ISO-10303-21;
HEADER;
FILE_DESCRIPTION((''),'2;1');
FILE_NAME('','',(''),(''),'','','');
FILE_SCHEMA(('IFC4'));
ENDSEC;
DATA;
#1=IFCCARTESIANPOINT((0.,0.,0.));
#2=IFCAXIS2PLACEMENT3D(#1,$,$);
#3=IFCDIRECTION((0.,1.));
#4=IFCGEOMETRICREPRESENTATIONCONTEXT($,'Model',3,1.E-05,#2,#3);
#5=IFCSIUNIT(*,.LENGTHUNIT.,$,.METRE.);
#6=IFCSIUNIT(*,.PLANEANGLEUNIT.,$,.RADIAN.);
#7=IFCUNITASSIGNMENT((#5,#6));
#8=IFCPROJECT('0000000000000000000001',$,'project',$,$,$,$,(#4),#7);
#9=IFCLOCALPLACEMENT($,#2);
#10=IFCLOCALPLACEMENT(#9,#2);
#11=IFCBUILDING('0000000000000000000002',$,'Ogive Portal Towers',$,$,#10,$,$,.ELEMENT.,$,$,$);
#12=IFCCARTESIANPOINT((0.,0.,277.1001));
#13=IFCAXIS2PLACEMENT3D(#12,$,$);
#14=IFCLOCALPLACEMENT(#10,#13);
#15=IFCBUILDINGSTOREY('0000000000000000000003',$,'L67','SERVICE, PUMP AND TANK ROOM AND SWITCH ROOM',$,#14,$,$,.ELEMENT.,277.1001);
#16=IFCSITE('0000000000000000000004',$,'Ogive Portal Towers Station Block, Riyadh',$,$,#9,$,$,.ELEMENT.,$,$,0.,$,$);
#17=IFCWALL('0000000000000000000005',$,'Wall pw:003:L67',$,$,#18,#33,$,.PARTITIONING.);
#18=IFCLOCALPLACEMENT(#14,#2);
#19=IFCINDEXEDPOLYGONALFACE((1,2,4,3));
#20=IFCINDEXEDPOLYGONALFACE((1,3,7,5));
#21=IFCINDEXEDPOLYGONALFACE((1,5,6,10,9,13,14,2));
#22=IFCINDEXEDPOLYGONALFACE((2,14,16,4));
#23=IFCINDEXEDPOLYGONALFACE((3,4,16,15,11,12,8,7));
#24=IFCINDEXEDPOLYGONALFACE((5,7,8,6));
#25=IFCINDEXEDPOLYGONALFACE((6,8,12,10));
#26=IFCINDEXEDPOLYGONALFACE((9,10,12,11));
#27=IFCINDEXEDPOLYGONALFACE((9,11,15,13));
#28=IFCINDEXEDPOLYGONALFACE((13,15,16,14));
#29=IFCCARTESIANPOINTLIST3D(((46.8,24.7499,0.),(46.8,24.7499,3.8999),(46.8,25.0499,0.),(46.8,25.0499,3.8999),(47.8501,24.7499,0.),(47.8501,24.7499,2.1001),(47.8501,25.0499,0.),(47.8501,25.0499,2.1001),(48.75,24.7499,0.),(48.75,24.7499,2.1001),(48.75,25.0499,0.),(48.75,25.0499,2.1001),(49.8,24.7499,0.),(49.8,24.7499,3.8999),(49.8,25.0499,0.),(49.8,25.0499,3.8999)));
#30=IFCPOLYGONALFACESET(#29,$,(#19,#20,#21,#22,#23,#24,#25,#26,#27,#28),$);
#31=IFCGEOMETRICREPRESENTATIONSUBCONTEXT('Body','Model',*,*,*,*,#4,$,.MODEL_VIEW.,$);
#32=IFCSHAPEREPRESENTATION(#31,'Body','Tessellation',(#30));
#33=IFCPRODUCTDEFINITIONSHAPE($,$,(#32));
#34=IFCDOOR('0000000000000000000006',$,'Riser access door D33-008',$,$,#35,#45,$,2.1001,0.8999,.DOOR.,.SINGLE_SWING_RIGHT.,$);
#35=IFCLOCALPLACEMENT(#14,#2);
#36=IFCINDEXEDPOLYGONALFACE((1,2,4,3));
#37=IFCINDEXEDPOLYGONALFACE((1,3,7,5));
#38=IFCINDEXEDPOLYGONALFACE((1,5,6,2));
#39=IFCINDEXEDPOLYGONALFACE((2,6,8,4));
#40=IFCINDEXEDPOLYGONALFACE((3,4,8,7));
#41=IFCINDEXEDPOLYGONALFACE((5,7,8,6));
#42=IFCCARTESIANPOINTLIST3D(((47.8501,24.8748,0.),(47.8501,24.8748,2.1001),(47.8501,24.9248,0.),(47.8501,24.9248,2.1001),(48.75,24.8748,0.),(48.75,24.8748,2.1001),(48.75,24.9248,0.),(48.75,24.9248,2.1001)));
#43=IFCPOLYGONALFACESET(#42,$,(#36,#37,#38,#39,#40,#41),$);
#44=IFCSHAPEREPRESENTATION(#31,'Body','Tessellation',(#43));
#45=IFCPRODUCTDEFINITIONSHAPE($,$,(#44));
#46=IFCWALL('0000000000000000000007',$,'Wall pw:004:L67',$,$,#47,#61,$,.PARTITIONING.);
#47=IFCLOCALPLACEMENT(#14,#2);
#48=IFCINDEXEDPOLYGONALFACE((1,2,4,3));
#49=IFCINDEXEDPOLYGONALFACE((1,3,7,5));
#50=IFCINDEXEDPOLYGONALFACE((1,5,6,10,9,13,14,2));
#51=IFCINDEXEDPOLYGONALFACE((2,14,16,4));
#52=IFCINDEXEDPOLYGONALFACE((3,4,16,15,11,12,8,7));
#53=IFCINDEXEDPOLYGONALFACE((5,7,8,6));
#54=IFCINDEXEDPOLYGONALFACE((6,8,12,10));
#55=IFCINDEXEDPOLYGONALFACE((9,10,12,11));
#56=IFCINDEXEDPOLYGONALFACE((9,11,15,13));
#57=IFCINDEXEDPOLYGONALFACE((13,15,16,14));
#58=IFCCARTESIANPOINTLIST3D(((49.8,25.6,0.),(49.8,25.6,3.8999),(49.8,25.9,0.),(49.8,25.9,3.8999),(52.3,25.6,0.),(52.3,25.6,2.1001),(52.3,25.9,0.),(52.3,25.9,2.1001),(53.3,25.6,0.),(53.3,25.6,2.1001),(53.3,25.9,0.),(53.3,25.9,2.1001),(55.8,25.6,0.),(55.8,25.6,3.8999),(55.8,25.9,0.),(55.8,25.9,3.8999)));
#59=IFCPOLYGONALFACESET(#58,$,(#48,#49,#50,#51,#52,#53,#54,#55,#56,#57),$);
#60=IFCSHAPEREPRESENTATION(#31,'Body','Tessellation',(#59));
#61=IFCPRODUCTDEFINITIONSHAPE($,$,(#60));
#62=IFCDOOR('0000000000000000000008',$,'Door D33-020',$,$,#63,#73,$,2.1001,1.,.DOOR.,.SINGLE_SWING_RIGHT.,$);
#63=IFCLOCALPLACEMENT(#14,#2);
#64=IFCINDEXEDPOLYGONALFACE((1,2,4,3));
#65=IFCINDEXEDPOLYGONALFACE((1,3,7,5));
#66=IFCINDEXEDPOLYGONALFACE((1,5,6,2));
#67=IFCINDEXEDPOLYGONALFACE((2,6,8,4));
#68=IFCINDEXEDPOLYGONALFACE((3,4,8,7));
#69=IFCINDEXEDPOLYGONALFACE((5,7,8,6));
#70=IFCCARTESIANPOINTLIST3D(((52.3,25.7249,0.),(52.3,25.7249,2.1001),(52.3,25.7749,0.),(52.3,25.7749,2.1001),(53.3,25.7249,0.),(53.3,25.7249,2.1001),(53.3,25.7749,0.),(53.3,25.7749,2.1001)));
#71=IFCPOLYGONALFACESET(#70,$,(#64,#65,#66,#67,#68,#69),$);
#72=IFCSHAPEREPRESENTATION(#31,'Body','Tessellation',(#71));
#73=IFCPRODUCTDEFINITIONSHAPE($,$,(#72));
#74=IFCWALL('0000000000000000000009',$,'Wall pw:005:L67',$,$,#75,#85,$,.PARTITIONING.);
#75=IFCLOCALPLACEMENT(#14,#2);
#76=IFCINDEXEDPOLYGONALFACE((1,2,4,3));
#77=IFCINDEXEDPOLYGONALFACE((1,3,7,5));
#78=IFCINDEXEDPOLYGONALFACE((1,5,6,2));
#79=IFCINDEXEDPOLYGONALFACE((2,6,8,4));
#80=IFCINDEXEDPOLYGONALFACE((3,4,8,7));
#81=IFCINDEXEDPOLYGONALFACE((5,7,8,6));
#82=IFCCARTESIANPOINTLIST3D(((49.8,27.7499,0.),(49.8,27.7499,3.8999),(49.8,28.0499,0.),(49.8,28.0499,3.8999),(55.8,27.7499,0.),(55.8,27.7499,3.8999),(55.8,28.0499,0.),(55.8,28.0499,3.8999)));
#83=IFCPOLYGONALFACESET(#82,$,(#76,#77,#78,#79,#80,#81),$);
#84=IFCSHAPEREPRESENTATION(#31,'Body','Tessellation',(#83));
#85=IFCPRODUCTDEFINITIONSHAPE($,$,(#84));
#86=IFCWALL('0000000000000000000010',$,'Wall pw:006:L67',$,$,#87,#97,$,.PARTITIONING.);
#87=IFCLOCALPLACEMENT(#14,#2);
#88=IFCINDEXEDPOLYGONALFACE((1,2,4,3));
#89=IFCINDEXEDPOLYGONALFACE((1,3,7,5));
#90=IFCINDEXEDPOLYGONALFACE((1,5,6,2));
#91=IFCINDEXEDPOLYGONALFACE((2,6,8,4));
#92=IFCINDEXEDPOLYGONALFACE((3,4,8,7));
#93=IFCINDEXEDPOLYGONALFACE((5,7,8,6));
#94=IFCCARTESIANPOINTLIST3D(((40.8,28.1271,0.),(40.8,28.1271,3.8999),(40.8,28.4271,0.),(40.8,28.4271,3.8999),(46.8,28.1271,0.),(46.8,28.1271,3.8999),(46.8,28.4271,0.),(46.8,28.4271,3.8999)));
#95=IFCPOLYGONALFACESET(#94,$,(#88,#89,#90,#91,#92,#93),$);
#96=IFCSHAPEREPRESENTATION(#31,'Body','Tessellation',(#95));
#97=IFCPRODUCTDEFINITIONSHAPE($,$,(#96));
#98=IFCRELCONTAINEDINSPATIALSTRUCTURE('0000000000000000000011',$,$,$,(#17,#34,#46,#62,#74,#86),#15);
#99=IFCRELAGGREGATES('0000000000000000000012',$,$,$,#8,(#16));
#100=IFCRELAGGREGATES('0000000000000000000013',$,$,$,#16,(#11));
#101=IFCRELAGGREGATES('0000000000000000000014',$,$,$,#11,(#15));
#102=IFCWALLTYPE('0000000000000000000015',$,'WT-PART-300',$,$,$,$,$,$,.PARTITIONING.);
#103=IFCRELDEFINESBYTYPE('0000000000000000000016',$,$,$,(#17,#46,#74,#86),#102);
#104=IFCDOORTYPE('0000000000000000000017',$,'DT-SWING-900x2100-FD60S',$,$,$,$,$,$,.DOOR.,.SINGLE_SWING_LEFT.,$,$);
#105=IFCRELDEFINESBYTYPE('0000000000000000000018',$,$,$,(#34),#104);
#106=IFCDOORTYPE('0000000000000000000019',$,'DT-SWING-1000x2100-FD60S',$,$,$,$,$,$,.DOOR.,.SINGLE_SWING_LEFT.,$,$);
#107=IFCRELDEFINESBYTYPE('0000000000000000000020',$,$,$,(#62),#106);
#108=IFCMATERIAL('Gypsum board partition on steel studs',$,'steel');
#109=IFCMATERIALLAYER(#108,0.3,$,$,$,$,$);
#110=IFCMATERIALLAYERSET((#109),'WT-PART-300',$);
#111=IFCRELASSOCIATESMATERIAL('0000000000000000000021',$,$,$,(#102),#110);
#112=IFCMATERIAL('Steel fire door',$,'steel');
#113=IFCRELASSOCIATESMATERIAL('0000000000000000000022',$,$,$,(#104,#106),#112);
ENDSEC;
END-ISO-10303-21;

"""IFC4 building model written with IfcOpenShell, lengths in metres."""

from ifc_helpers import new_model, si_unit, direction, frame, frame_2d, origin, place, context, subcontext, project, spatial, rectangle, extrude, material, layer, layer_set, type_object, element, fill, save


model = new_model("IFC4")

# Units and contexts
model_context = context("Model", 3, precision=1e-05, world=origin(), true_north=direction((0.0, 1.0)))
body_context = subcontext(model_context, "Body", "Model", "MODEL_VIEW")
ifc_project = project(units=[si_unit("LENGTHUNIT", "METRE"), si_unit("PLANEANGLEUNIT", "RADIAN")], contexts=[model_context])

# Site, building, storey
site_placement = place(None, origin())
site = spatial("IfcSite", under=ifc_project, at=site_placement, Name="Ogive Portal Towers Station Block, Riyadh", CompositionType="ELEMENT", RefElevation=0.0)
building_placement = place(site_placement, origin())
building = spatial("IfcBuilding", under=site, at=building_placement, Name="Ogive Portal Towers", CompositionType="ELEMENT")
storey_placement = place(building_placement, frame((0.0, 0.0, 277.1001)))
storey = spatial("IfcBuildingStorey", under=building, at=storey_placement, Name="L67", Description="SERVICE, PUMP AND TANK ROOM AND SWITCH ROOM", CompositionType="ELEMENT", Elevation=277.1001)

# Shared definitions
ifc_material_1 = material(Name="Steel fire door", Category="steel")

# Walls, openings, doors
ifc_material_2 = material(Name="Gypsum board partition on steel studs", Category="steel")
ifc_layer_1 = layer(ifc_material_2, 0.3)
ifc_layer_set_1 = layer_set([ifc_layer_1], Name="WT-PART-300")
wall_type_1 = type_object("IfcWallType", Name="WT-PART-300", PredefinedType="PARTITIONING", material=ifc_layer_set_1)
door_type_1 = type_object("IfcDoorType", Name="DT-SWING-900x2100-FD60S", OperationType="SINGLE_SWING_LEFT", PredefinedType="DOOR", material=ifc_material_1)
wall_1_placement = place(storey_placement, frame((46.8, 24.8999, 0.0), z_axis=(0.0, 0.0, 1.0), x_axis=(1.0, 0.0, 0.0)))
wall_1 = element("IfcWall", 1, at=wall_1_placement, inside=storey, type_object=wall_type_1, Name="Wall pw:003:L67", PredefinedType="PARTITIONING", context=body_context, shape_type="SweptSolid", body=[
    extrude(rectangle(XDim=3.0, YDim=0.3, at=frame_2d((1.5, 0.0))), origin(), (0.0, 0.0, 1.0), 3.8999),
])
opening_1_placement = place(wall_1_placement, frame((1.05, 0.0, 0.0)))
opening_1 = element("IfcOpeningElement", 2, at=opening_1_placement, cuts=wall_1, PredefinedType="OPENING", context=body_context, shape_type="SweptSolid", body=[
    extrude(rectangle(XDim=0.8999, YDim=2.1001, at=frame_2d((0.45, 1.05))), frame((0.0, 0.1602, 0.0), z_axis=(0.0, -1.0, 0.0), x_axis=(1.0, 0.0, 0.0)), (0.0, 0.0, 1.0), 0.3201),
])
door_1_placement = place(opening_1_placement, origin())
door_1 = element("IfcDoor", 3, at=door_1_placement, inside=storey, type_object=door_type_1, Name="Riser access door D33-008", OperationType="SINGLE_SWING_RIGHT", OverallHeight=2.1001, OverallWidth=0.8999, PredefinedType="DOOR", context=body_context, shape_type="SweptSolid", body=[
    extrude(rectangle(XDim=0.8999, YDim=2.1001, at=frame_2d((0.45, 1.05))), frame((0.0, 0.0249, 0.0), z_axis=(0.0, -1.0, 0.0), x_axis=(1.0, 0.0, 0.0)), (0.0, 0.0, 1.0), 0.05),
])
fill(opening_1, door_1)
wall_2_placement = place(storey_placement, frame((49.8, 25.75, 0.0), z_axis=(0.0, 0.0, 1.0), x_axis=(1.0, 0.0, 0.0)))
wall_2 = element("IfcWall", 4, at=wall_2_placement, inside=storey, type_object=wall_type_1, Name="Wall pw:004:L67", PredefinedType="PARTITIONING", context=body_context, shape_type="SweptSolid", body=[
    extrude(rectangle(XDim=6.0, YDim=0.3, at=frame_2d((3.0, 0.0))), origin(), (0.0, 0.0, 1.0), 3.8999),
])
opening_2_placement = place(wall_2_placement, frame((2.5, 0.0, 0.0)))
opening_2 = element("IfcOpeningElement", 5, at=opening_2_placement, cuts=wall_2, PredefinedType="OPENING", context=body_context, shape_type="SweptSolid", body=[
    extrude(rectangle(XDim=1.0, YDim=2.1001, at=frame_2d((0.5, 1.05))), frame((0.0, 0.1602, 0.0), z_axis=(0.0, -1.0, 0.0), x_axis=(1.0, 0.0, 0.0)), (0.0, 0.0, 1.0), 0.3201),
])
door_type_2 = type_object("IfcDoorType", Name="DT-SWING-1000x2100-FD60S", OperationType="SINGLE_SWING_LEFT", PredefinedType="DOOR", material=ifc_material_1)
door_2_placement = place(opening_2_placement, origin())
door_2 = element("IfcDoor", 6, at=door_2_placement, inside=storey, type_object=door_type_2, Name="Door D33-020", OperationType="SINGLE_SWING_RIGHT", OverallHeight=2.1001, OverallWidth=1.0, PredefinedType="DOOR", context=body_context, shape_type="SweptSolid", body=[
    extrude(rectangle(XDim=1.0, YDim=2.1001, at=frame_2d((0.5, 1.05))), frame((0.0, 0.0249, 0.0), z_axis=(0.0, -1.0, 0.0), x_axis=(1.0, 0.0, 0.0)), (0.0, 0.0, 1.0), 0.05),
])
fill(opening_2, door_2)

# Walls
for number, where, z_axis, x_axis, name in (
    (7, (49.8, 27.8999, 0.0), (0.0, 0.0, 1.0), (1.0, 0.0, 0.0), "Wall pw:005:L67"),
    (8, (40.8, 28.2771, 0.0), (0.0, 0.0, 1.0), (1.0, 0.0, 0.0), "Wall pw:006:L67"),
):
    element("IfcWall", number, at=place(storey_placement, frame(where, z_axis=z_axis, x_axis=x_axis)), inside=storey, type_object=wall_type_1, Name=name, PredefinedType="PARTITIONING", context=body_context, shape_type="SweptSolid", body=[
        extrude(rectangle(XDim=6.0, YDim=0.3, at=frame_2d((3.0, 0.0))), origin(), (0.0, 0.0, 1.0), 3.8999),
    ])

save(model, "model.ifc")
